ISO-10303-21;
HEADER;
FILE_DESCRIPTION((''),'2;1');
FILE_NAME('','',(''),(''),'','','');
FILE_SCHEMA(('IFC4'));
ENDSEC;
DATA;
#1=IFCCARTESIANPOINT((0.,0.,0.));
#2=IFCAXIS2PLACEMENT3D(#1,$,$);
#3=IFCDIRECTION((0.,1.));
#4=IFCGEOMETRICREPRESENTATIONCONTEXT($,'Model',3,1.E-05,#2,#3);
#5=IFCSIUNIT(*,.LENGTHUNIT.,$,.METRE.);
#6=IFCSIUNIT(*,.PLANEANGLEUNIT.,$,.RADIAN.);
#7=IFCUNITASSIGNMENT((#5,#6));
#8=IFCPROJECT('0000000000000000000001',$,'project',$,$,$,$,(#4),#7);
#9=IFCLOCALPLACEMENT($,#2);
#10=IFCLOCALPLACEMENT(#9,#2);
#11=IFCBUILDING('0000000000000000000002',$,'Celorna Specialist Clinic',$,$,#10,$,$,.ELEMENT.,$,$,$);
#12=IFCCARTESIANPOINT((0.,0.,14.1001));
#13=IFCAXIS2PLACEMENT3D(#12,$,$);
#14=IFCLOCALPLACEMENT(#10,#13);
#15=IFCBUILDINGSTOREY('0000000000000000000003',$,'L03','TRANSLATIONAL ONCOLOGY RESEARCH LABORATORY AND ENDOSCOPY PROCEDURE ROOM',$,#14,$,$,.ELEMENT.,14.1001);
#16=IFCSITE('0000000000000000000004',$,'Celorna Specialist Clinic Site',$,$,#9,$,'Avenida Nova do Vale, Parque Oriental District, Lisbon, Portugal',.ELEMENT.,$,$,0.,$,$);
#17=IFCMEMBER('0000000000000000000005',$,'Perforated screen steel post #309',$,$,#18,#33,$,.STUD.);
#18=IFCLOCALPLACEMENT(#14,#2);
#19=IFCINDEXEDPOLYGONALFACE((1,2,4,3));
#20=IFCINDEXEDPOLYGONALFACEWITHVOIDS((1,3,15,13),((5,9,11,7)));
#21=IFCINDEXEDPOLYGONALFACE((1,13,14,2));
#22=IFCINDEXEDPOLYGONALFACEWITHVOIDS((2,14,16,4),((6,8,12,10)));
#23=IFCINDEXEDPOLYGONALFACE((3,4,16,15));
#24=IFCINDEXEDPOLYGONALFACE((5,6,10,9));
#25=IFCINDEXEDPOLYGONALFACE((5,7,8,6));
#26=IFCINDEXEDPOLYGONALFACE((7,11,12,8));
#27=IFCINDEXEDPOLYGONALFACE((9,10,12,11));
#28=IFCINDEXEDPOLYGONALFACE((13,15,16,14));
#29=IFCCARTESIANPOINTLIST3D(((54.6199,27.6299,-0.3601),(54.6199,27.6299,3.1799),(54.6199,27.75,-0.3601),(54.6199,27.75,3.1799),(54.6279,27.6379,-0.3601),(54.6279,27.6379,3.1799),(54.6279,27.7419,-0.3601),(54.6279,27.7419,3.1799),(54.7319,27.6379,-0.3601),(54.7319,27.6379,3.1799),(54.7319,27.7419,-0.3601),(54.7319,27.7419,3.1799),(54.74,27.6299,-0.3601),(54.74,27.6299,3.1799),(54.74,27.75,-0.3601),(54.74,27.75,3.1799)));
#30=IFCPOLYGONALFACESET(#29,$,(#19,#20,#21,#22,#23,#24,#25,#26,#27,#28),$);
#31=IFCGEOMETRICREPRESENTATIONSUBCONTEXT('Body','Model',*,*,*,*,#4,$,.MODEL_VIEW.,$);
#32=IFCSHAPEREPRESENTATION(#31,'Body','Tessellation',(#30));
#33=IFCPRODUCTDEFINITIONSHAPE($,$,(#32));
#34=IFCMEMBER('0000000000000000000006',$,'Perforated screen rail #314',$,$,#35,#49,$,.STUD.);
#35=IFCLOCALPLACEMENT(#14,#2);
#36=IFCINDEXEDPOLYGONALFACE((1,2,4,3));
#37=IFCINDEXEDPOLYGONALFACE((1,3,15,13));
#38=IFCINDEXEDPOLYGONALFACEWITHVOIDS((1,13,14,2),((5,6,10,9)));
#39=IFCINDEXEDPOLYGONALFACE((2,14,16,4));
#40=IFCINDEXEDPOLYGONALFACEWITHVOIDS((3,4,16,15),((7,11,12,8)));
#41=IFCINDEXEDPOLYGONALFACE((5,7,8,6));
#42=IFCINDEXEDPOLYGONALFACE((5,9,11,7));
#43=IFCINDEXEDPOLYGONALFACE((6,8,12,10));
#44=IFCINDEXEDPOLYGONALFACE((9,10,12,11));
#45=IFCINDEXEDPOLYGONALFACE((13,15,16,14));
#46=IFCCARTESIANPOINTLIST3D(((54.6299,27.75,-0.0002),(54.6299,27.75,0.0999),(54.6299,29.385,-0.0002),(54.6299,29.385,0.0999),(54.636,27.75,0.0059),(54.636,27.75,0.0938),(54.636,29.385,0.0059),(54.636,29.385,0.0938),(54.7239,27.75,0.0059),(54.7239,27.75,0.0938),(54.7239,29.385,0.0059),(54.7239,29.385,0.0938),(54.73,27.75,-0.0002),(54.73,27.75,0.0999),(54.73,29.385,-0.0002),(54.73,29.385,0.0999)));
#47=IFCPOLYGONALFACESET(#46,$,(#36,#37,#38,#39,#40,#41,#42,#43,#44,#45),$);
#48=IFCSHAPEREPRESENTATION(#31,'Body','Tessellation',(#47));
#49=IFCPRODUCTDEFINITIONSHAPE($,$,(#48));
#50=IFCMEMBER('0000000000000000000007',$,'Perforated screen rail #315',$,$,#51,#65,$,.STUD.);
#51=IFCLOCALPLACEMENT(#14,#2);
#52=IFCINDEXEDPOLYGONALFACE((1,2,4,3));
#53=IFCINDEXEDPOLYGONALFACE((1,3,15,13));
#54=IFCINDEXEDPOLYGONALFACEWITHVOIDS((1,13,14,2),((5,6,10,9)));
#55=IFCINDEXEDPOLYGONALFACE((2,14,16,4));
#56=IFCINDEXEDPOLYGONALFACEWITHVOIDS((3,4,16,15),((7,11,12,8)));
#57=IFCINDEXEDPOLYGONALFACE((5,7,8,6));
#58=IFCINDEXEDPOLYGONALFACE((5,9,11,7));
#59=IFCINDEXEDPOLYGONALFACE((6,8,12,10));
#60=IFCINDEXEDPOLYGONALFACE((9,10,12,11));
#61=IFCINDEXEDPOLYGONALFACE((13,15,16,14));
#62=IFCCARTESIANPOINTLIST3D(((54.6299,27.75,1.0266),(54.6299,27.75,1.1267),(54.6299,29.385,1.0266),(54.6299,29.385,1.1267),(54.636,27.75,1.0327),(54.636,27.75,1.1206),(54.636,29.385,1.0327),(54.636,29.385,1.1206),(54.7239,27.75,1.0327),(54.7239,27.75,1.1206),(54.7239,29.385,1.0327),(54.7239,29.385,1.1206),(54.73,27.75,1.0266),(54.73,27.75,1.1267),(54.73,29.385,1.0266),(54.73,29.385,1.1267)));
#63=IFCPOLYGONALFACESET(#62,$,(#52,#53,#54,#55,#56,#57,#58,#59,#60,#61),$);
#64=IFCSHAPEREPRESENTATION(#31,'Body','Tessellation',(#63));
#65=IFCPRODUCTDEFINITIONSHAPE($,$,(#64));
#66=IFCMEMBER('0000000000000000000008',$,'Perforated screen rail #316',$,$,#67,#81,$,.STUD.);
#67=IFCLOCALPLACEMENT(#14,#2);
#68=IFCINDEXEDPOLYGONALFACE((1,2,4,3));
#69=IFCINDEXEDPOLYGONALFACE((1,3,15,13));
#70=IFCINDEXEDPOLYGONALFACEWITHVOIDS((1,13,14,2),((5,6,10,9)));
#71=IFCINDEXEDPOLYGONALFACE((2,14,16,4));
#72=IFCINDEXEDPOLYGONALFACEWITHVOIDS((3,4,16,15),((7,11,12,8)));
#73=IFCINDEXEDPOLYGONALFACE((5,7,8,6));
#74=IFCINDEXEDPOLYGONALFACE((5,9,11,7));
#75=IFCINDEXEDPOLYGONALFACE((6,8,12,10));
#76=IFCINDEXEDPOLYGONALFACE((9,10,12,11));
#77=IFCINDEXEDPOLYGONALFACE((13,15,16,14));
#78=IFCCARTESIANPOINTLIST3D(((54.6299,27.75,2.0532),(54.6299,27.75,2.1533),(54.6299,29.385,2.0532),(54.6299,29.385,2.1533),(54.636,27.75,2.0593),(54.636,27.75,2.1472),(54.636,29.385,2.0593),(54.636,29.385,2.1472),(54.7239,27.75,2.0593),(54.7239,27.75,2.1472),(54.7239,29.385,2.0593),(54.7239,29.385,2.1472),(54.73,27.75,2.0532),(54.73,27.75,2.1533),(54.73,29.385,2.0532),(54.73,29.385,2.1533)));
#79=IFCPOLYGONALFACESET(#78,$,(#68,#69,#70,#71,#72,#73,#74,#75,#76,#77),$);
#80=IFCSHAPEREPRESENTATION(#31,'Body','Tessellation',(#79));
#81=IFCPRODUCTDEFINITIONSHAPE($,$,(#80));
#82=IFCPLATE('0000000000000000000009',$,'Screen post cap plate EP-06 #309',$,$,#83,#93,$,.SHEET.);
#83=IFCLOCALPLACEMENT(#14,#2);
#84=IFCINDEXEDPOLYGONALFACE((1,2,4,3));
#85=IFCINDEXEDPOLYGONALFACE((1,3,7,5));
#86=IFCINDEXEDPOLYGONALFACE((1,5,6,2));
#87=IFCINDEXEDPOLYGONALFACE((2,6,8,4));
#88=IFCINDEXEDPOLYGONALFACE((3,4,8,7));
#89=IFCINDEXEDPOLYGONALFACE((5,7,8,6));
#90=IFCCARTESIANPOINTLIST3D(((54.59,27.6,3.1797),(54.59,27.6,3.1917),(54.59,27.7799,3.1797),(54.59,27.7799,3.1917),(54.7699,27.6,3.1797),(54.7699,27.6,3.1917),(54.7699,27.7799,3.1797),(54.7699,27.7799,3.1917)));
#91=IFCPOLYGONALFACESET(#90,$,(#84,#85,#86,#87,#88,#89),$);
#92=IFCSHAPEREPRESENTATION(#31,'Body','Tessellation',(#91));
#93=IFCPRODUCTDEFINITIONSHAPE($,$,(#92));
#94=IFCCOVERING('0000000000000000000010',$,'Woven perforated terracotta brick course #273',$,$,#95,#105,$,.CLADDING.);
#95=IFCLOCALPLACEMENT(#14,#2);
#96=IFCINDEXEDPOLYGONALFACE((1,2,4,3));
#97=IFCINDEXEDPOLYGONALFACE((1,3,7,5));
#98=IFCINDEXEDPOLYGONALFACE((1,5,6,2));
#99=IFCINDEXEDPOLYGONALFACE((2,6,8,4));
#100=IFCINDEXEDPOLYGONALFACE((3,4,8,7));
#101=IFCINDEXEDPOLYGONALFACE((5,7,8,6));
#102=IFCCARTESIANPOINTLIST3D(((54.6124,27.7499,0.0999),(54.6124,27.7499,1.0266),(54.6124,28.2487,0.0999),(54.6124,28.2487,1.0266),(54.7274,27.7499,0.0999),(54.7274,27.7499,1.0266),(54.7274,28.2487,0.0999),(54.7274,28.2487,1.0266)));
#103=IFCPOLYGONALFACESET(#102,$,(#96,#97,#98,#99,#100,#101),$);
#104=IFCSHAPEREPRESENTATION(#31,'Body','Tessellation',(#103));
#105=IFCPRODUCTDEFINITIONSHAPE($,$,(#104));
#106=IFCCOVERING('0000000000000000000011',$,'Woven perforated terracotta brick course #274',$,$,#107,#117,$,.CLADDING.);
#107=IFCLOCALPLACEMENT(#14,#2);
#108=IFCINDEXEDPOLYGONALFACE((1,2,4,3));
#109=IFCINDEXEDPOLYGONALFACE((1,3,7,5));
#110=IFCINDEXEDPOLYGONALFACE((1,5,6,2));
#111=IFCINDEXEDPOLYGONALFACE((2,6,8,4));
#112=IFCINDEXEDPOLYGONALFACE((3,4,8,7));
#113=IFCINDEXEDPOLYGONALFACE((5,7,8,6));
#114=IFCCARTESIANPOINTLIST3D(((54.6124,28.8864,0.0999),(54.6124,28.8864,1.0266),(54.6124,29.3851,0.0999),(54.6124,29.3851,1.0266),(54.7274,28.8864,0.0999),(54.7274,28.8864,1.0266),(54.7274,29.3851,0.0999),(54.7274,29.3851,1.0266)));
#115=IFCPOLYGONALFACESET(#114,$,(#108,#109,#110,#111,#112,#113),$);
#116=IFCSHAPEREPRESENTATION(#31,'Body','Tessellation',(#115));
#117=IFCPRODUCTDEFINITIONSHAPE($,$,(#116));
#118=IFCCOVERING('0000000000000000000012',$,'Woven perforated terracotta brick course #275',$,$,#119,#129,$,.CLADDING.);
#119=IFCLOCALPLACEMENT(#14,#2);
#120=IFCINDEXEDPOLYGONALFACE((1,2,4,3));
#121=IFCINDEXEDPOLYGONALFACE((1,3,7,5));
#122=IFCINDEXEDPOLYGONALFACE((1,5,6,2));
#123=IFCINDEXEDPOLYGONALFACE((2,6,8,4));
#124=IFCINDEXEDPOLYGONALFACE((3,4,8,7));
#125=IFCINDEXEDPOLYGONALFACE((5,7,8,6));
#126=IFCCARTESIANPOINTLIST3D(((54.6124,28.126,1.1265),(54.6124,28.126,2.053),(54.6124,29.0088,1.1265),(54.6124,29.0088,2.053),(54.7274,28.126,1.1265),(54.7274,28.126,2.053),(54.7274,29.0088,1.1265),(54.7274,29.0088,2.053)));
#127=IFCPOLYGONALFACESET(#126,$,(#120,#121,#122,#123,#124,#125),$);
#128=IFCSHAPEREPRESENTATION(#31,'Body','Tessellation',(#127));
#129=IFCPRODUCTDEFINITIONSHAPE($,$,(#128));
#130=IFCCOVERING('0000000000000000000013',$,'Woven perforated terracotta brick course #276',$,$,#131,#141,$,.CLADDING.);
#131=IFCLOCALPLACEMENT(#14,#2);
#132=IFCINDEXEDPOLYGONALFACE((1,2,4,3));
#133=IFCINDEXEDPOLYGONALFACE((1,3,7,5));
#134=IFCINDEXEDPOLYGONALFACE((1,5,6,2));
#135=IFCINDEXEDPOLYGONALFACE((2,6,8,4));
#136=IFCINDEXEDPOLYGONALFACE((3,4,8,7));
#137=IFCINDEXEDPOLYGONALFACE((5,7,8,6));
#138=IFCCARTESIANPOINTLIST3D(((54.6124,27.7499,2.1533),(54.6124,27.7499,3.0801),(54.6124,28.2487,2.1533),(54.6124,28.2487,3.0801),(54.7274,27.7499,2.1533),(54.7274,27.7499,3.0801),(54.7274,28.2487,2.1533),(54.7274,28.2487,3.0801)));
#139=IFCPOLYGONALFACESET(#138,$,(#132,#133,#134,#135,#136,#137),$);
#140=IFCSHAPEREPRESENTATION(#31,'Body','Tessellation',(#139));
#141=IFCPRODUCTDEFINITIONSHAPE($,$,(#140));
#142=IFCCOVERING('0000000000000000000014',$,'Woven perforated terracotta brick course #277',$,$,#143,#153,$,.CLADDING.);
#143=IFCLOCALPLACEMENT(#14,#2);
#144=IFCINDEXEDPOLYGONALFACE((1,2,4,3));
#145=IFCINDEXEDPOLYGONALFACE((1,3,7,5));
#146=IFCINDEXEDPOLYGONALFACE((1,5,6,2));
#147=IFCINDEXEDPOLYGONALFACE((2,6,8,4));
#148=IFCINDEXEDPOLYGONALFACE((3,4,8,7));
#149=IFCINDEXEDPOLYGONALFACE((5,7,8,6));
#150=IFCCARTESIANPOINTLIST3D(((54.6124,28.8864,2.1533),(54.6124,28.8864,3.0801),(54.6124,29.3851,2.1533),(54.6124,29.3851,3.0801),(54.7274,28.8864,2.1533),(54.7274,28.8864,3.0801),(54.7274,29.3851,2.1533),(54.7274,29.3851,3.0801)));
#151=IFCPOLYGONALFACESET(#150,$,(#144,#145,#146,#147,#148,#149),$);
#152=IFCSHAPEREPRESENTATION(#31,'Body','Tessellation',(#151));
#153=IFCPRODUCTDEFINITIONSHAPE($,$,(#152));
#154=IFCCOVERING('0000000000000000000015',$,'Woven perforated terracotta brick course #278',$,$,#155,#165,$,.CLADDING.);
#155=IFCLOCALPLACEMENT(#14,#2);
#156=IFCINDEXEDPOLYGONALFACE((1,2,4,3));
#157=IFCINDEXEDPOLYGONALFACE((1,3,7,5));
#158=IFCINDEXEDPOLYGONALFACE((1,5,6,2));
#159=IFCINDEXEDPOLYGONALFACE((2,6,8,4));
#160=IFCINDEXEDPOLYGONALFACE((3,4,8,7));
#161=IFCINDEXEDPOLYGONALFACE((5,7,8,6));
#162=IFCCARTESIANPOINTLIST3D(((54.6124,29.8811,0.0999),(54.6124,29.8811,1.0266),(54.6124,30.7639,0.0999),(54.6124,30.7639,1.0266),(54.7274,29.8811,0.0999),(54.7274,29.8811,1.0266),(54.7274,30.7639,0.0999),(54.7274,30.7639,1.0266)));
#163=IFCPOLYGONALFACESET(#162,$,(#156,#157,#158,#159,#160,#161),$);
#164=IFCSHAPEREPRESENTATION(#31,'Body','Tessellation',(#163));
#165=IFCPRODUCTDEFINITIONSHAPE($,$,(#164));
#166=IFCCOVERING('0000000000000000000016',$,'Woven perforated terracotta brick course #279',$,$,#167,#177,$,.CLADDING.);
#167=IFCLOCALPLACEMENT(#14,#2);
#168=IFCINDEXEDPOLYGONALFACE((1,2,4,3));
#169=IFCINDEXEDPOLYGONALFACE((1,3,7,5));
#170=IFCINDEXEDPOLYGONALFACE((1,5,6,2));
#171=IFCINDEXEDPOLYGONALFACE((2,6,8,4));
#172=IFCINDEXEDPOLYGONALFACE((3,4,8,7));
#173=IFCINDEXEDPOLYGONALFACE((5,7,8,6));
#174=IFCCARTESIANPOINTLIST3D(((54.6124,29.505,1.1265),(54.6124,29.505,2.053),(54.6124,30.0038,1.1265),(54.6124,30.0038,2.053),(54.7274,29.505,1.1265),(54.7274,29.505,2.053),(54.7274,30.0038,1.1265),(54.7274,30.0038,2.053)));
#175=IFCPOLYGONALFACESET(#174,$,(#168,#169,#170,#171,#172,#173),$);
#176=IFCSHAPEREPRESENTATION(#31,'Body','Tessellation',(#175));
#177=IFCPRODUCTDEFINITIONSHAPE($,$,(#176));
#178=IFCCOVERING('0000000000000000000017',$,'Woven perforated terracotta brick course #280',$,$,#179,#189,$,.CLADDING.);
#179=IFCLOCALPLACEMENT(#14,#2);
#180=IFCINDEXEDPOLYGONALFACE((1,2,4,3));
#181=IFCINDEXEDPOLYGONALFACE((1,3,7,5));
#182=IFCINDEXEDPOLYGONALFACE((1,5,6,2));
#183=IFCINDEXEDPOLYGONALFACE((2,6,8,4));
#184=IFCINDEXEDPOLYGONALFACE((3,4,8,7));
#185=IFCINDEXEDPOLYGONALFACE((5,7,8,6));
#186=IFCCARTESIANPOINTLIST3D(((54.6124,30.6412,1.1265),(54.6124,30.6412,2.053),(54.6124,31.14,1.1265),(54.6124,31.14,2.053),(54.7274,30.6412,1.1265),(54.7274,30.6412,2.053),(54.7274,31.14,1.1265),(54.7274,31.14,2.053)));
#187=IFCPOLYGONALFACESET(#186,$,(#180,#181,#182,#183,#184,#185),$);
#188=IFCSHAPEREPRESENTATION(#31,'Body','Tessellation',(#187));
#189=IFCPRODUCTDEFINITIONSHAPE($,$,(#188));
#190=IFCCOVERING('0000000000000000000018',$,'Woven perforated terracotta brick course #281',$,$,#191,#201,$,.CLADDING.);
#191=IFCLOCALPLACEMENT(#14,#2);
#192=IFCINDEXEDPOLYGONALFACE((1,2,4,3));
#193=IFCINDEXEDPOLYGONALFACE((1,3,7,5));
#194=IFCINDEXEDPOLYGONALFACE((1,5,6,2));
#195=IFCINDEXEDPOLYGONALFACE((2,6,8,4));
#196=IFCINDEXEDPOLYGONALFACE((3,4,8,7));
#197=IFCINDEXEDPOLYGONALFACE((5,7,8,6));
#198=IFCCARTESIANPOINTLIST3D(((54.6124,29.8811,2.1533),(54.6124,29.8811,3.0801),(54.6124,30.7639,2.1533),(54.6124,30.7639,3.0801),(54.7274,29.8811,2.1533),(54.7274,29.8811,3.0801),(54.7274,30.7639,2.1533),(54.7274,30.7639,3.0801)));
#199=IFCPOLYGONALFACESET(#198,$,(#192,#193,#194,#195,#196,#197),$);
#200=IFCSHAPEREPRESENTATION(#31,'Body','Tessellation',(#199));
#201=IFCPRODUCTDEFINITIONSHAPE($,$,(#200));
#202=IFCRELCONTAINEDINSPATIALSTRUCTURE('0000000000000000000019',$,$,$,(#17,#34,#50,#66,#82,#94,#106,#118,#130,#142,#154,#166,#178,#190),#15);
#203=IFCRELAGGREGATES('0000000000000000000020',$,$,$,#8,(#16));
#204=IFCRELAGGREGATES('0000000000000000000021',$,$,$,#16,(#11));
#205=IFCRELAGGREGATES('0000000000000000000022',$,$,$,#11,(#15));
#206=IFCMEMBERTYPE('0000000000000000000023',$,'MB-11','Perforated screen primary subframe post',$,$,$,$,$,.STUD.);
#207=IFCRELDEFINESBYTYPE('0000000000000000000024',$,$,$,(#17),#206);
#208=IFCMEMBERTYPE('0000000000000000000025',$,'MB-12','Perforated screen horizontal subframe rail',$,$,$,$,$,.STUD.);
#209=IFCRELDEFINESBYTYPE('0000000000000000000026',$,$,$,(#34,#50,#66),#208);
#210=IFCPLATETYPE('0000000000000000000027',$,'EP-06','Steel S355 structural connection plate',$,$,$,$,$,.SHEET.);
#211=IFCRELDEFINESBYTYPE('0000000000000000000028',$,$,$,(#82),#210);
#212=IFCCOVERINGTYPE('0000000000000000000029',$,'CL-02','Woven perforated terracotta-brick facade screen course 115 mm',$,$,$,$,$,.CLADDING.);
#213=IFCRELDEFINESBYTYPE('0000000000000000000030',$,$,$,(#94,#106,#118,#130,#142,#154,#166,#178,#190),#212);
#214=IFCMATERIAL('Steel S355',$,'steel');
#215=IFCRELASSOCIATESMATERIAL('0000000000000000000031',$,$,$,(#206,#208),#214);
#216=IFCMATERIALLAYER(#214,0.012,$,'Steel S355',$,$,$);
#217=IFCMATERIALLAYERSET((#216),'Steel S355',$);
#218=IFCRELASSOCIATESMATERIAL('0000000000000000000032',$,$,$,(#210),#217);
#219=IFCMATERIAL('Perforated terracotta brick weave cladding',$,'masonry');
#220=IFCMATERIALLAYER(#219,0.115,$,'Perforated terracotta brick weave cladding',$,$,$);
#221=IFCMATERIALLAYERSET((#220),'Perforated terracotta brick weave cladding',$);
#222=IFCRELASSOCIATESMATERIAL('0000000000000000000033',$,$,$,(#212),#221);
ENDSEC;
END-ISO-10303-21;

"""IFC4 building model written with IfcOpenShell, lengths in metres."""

from ifc_helpers import new_model, si_unit, direction, frame, origin, origin_2d, place, context, subcontext, project, spatial, rectangle, hollow_rectangle, extrude, material, layer, layer_set, material_profile, profile_set, type_object, element, save


model = new_model("IFC4")

# Units and contexts
model_context = context("Model", 3, precision=1e-05, world=origin(), true_north=direction((0.0, 1.0)))
body_context = subcontext(model_context, "Body", "Model", "MODEL_VIEW")
ifc_project = project(units=[si_unit("LENGTHUNIT", "METRE"), si_unit("PLANEANGLEUNIT", "RADIAN")], contexts=[model_context])

# Site, building, storey
site_placement = place(None, origin())
site = spatial("IfcSite", under=ifc_project, at=site_placement, Name="Celorna Specialist Clinic Site", LongName="Avenida Nova do Vale, Parque Oriental District, Lisbon, Portugal", CompositionType="ELEMENT", RefElevation=0.0)
building_placement = place(site_placement, origin())
building = spatial("IfcBuilding", under=site, at=building_placement, Name="Celorna Specialist Clinic", CompositionType="ELEMENT")
storey_placement = place(building_placement, frame((0.0, 0.0, 14.1001)))
storey = spatial("IfcBuildingStorey", under=building, at=storey_placement, Name="L03", Description="TRANSLATIONAL ONCOLOGY RESEARCH LABORATORY AND ENDOSCOPY PROCEDURE ROOM", CompositionType="ELEMENT", Elevation=14.1001)

# Members
ifc_material_1 = material(Name="Steel S355", Category="steel")
ifc_material_profile_1 = material_profile(ifc_material_1, hollow_rectangle(XDim=0.1201, YDim=0.1201, WallThickness=0.0081, at=origin_2d()), Name="SHS 120x120x8")
ifc_profile_set_1 = profile_set([ifc_material_profile_1], Name="Steel S355")
member_type_1 = type_object("IfcMemberType", Name="MB-11", Description="Perforated screen primary subframe post", PredefinedType="STUD", material=ifc_profile_set_1)
member_placement = place(storey_placement, frame((54.6799, 27.6899, -0.3601), z_axis=(0.0, 0.0, 1.0), x_axis=(1.0, 0.0, 0.0)))
element("IfcMember", 1, at=member_placement, inside=storey, type_object=member_type_1, Name="Perforated screen steel post #309", PredefinedType="STUD", context=body_context, shape_type="SweptSolid", body=[
    extrude(hollow_rectangle(XDim=0.1201, YDim=0.1201, WallThickness=0.0081, at=origin_2d()), origin(), (0.0, 0.0, 1.0), 3.54),
])
ifc_material_profile_2 = material_profile(ifc_material_1, hollow_rectangle(XDim=0.1001, YDim=0.1001, WallThickness=0.0061, at=origin_2d()), Name="SHS 100x100x6")
ifc_profile_set_2 = profile_set([ifc_material_profile_2], Name="Steel S355")
member_type_2 = type_object("IfcMemberType", Name="MB-12", Description="Perforated screen horizontal subframe rail", PredefinedType="STUD", material=ifc_profile_set_2)
for number, where, z_axis, x_axis, name in (
    (2, (54.6799, 27.75, 0.0498), (0.0, 1.0, 0.0), (-1.0, 0.0, 0.0), "Perforated screen rail #314"),
    (3, (54.6799, 27.75, 1.0767), (0.0, 1.0, 0.0), (-1.0, 0.0, 0.0), "Perforated screen rail #315"),
    (4, (54.6799, 27.75, 2.1033), (0.0, 1.0, 0.0), (-1.0, 0.0, 0.0), "Perforated screen rail #316"),
):
    element("IfcMember", number, at=place(storey_placement, frame(where, z_axis=z_axis, x_axis=x_axis)), inside=storey, type_object=member_type_2, Name=name, PredefinedType="STUD", context=body_context, shape_type="SweptSolid", body=[
        extrude(hollow_rectangle(XDim=0.1001, YDim=0.1001, WallThickness=0.0061, at=origin_2d()), origin(), (0.0, 0.0, 1.0), 1.635),
    ])

# Plate
ifc_layer_1 = layer(ifc_material_1, 0.012, Name="Steel S355")
ifc_layer_set_1 = layer_set([ifc_layer_1], Name="Steel S355")
plate_type = type_object("IfcPlateType", Name="EP-06", Description="Steel S355 structural connection plate", PredefinedType="SHEET", material=ifc_layer_set_1)
plate_placement = place(storey_placement, frame((54.6799, 27.6899, 3.1797), z_axis=(0.0, 0.0, 1.0), x_axis=(0.0, 1.0, 0.0)))
element("IfcPlate", 5, at=plate_placement, inside=storey, type_object=plate_type, Name="Screen post cap plate EP-06 #309", PredefinedType="SHEET", context=body_context, shape_type="SweptSolid", body=[
    extrude(rectangle(XDim=0.1799, YDim=0.1799, at=origin_2d()), origin(), (0.0, 0.0, 1.0), 0.012),
])

# Coverings
ifc_material_2 = material(Name="Perforated terracotta brick weave cladding", Category="masonry")
ifc_layer_2 = layer(ifc_material_2, 0.115, Name="Perforated terracotta brick weave cladding")
ifc_layer_set_2 = layer_set([ifc_layer_2], Name="Perforated terracotta brick weave cladding")
covering_type = type_object("IfcCoveringType", Name="CL-02", Description="Woven perforated terracotta-brick facade screen course 115 mm", PredefinedType="CLADDING", material=ifc_layer_set_2)
for number, where, z_axis, x_axis, name in (
    (6, (54.6699, 27.9993, 0.0999), (0.0, 0.0, 1.0), (0.0, 1.0, 0.0), "Woven perforated terracotta brick course #273"),
    (7, (54.6699, 29.1357, 0.0999), (0.0, 0.0, 1.0), (0.0, 1.0, 0.0), "Woven perforated terracotta brick course #274"),
):
    element("IfcCovering", number, at=place(storey_placement, frame(where, z_axis=z_axis, x_axis=x_axis)), inside=storey, type_object=covering_type, Name=name, PredefinedType="CLADDING", context=body_context, shape_type="SweptSolid", body=[
        extrude(rectangle(XDim=0.4988, YDim=0.115, at=origin_2d()), origin(), (0.0, 0.0, 1.0), 0.9268),
    ])
covering_1_placement = place(storey_placement, frame((54.6699, 28.5674, 1.1265), z_axis=(0.0, 0.0, 1.0), x_axis=(0.0, 1.0, 0.0)))
element("IfcCovering", 8, at=covering_1_placement, inside=storey, type_object=covering_type, Name="Woven perforated terracotta brick course #275", PredefinedType="CLADDING", context=body_context, shape_type="SweptSolid", body=[
    extrude(rectangle(XDim=0.8828, YDim=0.115, at=origin_2d()), origin(), (0.0, 0.0, 1.0), 0.9265),
])
for number, where, z_axis, x_axis, name in (
    (9, (54.6699, 27.9993, 2.1533), (0.0, 0.0, 1.0), (0.0, 1.0, 0.0), "Woven perforated terracotta brick course #276"),
    (10, (54.6699, 29.1357, 2.1533), (0.0, 0.0, 1.0), (0.0, 1.0, 0.0), "Woven perforated terracotta brick course #277"),
):
    element("IfcCovering", number, at=place(storey_placement, frame(where, z_axis=z_axis, x_axis=x_axis)), inside=storey, type_object=covering_type, Name=name, PredefinedType="CLADDING", context=body_context, shape_type="SweptSolid", body=[
        extrude(rectangle(XDim=0.4988, YDim=0.115, at=origin_2d()), origin(), (0.0, 0.0, 1.0), 0.9268),
    ])
covering_2_placement = place(storey_placement, frame((54.6699, 30.3225, 0.0999), z_axis=(0.0, 0.0, 1.0), x_axis=(0.0, 1.0, 0.0)))
element("IfcCovering", 11, at=covering_2_placement, inside=storey, type_object=covering_type, Name="Woven perforated terracotta brick course #278", PredefinedType="CLADDING", context=body_context, shape_type="SweptSolid", body=[
    extrude(rectangle(XDim=0.8828, YDim=0.115, at=origin_2d()), origin(), (0.0, 0.0, 1.0), 0.9268),
])
for number, where, z_axis, x_axis, name in (
    (12, (54.6699, 29.7544, 1.1265), (0.0, 0.0, 1.0), (0.0, 1.0, 0.0), "Woven perforated terracotta brick course #279"),
    (13, (54.6699, 30.8906, 1.1265), (0.0, 0.0, 1.0), (0.0, 1.0, 0.0), "Woven perforated terracotta brick course #280"),
):
    element("IfcCovering", number, at=place(storey_placement, frame(where, z_axis=z_axis, x_axis=x_axis)), inside=storey, type_object=covering_type, Name=name, PredefinedType="CLADDING", context=body_context, shape_type="SweptSolid", body=[
        extrude(rectangle(XDim=0.4988, YDim=0.115, at=origin_2d()), origin(), (0.0, 0.0, 1.0), 0.9265),
    ])
covering_3_placement = place(storey_placement, frame((54.6699, 30.3225, 2.1533), z_axis=(0.0, 0.0, 1.0), x_axis=(0.0, 1.0, 0.0)))
element("IfcCovering", 14, at=covering_3_placement, inside=storey, type_object=covering_type, Name="Woven perforated terracotta brick course #281", PredefinedType="CLADDING", context=body_context, shape_type="SweptSolid", body=[
    extrude(rectangle(XDim=0.8828, YDim=0.115, at=origin_2d()), origin(), (0.0, 0.0, 1.0), 0.9268),
])

save(model, "model.ifc")
